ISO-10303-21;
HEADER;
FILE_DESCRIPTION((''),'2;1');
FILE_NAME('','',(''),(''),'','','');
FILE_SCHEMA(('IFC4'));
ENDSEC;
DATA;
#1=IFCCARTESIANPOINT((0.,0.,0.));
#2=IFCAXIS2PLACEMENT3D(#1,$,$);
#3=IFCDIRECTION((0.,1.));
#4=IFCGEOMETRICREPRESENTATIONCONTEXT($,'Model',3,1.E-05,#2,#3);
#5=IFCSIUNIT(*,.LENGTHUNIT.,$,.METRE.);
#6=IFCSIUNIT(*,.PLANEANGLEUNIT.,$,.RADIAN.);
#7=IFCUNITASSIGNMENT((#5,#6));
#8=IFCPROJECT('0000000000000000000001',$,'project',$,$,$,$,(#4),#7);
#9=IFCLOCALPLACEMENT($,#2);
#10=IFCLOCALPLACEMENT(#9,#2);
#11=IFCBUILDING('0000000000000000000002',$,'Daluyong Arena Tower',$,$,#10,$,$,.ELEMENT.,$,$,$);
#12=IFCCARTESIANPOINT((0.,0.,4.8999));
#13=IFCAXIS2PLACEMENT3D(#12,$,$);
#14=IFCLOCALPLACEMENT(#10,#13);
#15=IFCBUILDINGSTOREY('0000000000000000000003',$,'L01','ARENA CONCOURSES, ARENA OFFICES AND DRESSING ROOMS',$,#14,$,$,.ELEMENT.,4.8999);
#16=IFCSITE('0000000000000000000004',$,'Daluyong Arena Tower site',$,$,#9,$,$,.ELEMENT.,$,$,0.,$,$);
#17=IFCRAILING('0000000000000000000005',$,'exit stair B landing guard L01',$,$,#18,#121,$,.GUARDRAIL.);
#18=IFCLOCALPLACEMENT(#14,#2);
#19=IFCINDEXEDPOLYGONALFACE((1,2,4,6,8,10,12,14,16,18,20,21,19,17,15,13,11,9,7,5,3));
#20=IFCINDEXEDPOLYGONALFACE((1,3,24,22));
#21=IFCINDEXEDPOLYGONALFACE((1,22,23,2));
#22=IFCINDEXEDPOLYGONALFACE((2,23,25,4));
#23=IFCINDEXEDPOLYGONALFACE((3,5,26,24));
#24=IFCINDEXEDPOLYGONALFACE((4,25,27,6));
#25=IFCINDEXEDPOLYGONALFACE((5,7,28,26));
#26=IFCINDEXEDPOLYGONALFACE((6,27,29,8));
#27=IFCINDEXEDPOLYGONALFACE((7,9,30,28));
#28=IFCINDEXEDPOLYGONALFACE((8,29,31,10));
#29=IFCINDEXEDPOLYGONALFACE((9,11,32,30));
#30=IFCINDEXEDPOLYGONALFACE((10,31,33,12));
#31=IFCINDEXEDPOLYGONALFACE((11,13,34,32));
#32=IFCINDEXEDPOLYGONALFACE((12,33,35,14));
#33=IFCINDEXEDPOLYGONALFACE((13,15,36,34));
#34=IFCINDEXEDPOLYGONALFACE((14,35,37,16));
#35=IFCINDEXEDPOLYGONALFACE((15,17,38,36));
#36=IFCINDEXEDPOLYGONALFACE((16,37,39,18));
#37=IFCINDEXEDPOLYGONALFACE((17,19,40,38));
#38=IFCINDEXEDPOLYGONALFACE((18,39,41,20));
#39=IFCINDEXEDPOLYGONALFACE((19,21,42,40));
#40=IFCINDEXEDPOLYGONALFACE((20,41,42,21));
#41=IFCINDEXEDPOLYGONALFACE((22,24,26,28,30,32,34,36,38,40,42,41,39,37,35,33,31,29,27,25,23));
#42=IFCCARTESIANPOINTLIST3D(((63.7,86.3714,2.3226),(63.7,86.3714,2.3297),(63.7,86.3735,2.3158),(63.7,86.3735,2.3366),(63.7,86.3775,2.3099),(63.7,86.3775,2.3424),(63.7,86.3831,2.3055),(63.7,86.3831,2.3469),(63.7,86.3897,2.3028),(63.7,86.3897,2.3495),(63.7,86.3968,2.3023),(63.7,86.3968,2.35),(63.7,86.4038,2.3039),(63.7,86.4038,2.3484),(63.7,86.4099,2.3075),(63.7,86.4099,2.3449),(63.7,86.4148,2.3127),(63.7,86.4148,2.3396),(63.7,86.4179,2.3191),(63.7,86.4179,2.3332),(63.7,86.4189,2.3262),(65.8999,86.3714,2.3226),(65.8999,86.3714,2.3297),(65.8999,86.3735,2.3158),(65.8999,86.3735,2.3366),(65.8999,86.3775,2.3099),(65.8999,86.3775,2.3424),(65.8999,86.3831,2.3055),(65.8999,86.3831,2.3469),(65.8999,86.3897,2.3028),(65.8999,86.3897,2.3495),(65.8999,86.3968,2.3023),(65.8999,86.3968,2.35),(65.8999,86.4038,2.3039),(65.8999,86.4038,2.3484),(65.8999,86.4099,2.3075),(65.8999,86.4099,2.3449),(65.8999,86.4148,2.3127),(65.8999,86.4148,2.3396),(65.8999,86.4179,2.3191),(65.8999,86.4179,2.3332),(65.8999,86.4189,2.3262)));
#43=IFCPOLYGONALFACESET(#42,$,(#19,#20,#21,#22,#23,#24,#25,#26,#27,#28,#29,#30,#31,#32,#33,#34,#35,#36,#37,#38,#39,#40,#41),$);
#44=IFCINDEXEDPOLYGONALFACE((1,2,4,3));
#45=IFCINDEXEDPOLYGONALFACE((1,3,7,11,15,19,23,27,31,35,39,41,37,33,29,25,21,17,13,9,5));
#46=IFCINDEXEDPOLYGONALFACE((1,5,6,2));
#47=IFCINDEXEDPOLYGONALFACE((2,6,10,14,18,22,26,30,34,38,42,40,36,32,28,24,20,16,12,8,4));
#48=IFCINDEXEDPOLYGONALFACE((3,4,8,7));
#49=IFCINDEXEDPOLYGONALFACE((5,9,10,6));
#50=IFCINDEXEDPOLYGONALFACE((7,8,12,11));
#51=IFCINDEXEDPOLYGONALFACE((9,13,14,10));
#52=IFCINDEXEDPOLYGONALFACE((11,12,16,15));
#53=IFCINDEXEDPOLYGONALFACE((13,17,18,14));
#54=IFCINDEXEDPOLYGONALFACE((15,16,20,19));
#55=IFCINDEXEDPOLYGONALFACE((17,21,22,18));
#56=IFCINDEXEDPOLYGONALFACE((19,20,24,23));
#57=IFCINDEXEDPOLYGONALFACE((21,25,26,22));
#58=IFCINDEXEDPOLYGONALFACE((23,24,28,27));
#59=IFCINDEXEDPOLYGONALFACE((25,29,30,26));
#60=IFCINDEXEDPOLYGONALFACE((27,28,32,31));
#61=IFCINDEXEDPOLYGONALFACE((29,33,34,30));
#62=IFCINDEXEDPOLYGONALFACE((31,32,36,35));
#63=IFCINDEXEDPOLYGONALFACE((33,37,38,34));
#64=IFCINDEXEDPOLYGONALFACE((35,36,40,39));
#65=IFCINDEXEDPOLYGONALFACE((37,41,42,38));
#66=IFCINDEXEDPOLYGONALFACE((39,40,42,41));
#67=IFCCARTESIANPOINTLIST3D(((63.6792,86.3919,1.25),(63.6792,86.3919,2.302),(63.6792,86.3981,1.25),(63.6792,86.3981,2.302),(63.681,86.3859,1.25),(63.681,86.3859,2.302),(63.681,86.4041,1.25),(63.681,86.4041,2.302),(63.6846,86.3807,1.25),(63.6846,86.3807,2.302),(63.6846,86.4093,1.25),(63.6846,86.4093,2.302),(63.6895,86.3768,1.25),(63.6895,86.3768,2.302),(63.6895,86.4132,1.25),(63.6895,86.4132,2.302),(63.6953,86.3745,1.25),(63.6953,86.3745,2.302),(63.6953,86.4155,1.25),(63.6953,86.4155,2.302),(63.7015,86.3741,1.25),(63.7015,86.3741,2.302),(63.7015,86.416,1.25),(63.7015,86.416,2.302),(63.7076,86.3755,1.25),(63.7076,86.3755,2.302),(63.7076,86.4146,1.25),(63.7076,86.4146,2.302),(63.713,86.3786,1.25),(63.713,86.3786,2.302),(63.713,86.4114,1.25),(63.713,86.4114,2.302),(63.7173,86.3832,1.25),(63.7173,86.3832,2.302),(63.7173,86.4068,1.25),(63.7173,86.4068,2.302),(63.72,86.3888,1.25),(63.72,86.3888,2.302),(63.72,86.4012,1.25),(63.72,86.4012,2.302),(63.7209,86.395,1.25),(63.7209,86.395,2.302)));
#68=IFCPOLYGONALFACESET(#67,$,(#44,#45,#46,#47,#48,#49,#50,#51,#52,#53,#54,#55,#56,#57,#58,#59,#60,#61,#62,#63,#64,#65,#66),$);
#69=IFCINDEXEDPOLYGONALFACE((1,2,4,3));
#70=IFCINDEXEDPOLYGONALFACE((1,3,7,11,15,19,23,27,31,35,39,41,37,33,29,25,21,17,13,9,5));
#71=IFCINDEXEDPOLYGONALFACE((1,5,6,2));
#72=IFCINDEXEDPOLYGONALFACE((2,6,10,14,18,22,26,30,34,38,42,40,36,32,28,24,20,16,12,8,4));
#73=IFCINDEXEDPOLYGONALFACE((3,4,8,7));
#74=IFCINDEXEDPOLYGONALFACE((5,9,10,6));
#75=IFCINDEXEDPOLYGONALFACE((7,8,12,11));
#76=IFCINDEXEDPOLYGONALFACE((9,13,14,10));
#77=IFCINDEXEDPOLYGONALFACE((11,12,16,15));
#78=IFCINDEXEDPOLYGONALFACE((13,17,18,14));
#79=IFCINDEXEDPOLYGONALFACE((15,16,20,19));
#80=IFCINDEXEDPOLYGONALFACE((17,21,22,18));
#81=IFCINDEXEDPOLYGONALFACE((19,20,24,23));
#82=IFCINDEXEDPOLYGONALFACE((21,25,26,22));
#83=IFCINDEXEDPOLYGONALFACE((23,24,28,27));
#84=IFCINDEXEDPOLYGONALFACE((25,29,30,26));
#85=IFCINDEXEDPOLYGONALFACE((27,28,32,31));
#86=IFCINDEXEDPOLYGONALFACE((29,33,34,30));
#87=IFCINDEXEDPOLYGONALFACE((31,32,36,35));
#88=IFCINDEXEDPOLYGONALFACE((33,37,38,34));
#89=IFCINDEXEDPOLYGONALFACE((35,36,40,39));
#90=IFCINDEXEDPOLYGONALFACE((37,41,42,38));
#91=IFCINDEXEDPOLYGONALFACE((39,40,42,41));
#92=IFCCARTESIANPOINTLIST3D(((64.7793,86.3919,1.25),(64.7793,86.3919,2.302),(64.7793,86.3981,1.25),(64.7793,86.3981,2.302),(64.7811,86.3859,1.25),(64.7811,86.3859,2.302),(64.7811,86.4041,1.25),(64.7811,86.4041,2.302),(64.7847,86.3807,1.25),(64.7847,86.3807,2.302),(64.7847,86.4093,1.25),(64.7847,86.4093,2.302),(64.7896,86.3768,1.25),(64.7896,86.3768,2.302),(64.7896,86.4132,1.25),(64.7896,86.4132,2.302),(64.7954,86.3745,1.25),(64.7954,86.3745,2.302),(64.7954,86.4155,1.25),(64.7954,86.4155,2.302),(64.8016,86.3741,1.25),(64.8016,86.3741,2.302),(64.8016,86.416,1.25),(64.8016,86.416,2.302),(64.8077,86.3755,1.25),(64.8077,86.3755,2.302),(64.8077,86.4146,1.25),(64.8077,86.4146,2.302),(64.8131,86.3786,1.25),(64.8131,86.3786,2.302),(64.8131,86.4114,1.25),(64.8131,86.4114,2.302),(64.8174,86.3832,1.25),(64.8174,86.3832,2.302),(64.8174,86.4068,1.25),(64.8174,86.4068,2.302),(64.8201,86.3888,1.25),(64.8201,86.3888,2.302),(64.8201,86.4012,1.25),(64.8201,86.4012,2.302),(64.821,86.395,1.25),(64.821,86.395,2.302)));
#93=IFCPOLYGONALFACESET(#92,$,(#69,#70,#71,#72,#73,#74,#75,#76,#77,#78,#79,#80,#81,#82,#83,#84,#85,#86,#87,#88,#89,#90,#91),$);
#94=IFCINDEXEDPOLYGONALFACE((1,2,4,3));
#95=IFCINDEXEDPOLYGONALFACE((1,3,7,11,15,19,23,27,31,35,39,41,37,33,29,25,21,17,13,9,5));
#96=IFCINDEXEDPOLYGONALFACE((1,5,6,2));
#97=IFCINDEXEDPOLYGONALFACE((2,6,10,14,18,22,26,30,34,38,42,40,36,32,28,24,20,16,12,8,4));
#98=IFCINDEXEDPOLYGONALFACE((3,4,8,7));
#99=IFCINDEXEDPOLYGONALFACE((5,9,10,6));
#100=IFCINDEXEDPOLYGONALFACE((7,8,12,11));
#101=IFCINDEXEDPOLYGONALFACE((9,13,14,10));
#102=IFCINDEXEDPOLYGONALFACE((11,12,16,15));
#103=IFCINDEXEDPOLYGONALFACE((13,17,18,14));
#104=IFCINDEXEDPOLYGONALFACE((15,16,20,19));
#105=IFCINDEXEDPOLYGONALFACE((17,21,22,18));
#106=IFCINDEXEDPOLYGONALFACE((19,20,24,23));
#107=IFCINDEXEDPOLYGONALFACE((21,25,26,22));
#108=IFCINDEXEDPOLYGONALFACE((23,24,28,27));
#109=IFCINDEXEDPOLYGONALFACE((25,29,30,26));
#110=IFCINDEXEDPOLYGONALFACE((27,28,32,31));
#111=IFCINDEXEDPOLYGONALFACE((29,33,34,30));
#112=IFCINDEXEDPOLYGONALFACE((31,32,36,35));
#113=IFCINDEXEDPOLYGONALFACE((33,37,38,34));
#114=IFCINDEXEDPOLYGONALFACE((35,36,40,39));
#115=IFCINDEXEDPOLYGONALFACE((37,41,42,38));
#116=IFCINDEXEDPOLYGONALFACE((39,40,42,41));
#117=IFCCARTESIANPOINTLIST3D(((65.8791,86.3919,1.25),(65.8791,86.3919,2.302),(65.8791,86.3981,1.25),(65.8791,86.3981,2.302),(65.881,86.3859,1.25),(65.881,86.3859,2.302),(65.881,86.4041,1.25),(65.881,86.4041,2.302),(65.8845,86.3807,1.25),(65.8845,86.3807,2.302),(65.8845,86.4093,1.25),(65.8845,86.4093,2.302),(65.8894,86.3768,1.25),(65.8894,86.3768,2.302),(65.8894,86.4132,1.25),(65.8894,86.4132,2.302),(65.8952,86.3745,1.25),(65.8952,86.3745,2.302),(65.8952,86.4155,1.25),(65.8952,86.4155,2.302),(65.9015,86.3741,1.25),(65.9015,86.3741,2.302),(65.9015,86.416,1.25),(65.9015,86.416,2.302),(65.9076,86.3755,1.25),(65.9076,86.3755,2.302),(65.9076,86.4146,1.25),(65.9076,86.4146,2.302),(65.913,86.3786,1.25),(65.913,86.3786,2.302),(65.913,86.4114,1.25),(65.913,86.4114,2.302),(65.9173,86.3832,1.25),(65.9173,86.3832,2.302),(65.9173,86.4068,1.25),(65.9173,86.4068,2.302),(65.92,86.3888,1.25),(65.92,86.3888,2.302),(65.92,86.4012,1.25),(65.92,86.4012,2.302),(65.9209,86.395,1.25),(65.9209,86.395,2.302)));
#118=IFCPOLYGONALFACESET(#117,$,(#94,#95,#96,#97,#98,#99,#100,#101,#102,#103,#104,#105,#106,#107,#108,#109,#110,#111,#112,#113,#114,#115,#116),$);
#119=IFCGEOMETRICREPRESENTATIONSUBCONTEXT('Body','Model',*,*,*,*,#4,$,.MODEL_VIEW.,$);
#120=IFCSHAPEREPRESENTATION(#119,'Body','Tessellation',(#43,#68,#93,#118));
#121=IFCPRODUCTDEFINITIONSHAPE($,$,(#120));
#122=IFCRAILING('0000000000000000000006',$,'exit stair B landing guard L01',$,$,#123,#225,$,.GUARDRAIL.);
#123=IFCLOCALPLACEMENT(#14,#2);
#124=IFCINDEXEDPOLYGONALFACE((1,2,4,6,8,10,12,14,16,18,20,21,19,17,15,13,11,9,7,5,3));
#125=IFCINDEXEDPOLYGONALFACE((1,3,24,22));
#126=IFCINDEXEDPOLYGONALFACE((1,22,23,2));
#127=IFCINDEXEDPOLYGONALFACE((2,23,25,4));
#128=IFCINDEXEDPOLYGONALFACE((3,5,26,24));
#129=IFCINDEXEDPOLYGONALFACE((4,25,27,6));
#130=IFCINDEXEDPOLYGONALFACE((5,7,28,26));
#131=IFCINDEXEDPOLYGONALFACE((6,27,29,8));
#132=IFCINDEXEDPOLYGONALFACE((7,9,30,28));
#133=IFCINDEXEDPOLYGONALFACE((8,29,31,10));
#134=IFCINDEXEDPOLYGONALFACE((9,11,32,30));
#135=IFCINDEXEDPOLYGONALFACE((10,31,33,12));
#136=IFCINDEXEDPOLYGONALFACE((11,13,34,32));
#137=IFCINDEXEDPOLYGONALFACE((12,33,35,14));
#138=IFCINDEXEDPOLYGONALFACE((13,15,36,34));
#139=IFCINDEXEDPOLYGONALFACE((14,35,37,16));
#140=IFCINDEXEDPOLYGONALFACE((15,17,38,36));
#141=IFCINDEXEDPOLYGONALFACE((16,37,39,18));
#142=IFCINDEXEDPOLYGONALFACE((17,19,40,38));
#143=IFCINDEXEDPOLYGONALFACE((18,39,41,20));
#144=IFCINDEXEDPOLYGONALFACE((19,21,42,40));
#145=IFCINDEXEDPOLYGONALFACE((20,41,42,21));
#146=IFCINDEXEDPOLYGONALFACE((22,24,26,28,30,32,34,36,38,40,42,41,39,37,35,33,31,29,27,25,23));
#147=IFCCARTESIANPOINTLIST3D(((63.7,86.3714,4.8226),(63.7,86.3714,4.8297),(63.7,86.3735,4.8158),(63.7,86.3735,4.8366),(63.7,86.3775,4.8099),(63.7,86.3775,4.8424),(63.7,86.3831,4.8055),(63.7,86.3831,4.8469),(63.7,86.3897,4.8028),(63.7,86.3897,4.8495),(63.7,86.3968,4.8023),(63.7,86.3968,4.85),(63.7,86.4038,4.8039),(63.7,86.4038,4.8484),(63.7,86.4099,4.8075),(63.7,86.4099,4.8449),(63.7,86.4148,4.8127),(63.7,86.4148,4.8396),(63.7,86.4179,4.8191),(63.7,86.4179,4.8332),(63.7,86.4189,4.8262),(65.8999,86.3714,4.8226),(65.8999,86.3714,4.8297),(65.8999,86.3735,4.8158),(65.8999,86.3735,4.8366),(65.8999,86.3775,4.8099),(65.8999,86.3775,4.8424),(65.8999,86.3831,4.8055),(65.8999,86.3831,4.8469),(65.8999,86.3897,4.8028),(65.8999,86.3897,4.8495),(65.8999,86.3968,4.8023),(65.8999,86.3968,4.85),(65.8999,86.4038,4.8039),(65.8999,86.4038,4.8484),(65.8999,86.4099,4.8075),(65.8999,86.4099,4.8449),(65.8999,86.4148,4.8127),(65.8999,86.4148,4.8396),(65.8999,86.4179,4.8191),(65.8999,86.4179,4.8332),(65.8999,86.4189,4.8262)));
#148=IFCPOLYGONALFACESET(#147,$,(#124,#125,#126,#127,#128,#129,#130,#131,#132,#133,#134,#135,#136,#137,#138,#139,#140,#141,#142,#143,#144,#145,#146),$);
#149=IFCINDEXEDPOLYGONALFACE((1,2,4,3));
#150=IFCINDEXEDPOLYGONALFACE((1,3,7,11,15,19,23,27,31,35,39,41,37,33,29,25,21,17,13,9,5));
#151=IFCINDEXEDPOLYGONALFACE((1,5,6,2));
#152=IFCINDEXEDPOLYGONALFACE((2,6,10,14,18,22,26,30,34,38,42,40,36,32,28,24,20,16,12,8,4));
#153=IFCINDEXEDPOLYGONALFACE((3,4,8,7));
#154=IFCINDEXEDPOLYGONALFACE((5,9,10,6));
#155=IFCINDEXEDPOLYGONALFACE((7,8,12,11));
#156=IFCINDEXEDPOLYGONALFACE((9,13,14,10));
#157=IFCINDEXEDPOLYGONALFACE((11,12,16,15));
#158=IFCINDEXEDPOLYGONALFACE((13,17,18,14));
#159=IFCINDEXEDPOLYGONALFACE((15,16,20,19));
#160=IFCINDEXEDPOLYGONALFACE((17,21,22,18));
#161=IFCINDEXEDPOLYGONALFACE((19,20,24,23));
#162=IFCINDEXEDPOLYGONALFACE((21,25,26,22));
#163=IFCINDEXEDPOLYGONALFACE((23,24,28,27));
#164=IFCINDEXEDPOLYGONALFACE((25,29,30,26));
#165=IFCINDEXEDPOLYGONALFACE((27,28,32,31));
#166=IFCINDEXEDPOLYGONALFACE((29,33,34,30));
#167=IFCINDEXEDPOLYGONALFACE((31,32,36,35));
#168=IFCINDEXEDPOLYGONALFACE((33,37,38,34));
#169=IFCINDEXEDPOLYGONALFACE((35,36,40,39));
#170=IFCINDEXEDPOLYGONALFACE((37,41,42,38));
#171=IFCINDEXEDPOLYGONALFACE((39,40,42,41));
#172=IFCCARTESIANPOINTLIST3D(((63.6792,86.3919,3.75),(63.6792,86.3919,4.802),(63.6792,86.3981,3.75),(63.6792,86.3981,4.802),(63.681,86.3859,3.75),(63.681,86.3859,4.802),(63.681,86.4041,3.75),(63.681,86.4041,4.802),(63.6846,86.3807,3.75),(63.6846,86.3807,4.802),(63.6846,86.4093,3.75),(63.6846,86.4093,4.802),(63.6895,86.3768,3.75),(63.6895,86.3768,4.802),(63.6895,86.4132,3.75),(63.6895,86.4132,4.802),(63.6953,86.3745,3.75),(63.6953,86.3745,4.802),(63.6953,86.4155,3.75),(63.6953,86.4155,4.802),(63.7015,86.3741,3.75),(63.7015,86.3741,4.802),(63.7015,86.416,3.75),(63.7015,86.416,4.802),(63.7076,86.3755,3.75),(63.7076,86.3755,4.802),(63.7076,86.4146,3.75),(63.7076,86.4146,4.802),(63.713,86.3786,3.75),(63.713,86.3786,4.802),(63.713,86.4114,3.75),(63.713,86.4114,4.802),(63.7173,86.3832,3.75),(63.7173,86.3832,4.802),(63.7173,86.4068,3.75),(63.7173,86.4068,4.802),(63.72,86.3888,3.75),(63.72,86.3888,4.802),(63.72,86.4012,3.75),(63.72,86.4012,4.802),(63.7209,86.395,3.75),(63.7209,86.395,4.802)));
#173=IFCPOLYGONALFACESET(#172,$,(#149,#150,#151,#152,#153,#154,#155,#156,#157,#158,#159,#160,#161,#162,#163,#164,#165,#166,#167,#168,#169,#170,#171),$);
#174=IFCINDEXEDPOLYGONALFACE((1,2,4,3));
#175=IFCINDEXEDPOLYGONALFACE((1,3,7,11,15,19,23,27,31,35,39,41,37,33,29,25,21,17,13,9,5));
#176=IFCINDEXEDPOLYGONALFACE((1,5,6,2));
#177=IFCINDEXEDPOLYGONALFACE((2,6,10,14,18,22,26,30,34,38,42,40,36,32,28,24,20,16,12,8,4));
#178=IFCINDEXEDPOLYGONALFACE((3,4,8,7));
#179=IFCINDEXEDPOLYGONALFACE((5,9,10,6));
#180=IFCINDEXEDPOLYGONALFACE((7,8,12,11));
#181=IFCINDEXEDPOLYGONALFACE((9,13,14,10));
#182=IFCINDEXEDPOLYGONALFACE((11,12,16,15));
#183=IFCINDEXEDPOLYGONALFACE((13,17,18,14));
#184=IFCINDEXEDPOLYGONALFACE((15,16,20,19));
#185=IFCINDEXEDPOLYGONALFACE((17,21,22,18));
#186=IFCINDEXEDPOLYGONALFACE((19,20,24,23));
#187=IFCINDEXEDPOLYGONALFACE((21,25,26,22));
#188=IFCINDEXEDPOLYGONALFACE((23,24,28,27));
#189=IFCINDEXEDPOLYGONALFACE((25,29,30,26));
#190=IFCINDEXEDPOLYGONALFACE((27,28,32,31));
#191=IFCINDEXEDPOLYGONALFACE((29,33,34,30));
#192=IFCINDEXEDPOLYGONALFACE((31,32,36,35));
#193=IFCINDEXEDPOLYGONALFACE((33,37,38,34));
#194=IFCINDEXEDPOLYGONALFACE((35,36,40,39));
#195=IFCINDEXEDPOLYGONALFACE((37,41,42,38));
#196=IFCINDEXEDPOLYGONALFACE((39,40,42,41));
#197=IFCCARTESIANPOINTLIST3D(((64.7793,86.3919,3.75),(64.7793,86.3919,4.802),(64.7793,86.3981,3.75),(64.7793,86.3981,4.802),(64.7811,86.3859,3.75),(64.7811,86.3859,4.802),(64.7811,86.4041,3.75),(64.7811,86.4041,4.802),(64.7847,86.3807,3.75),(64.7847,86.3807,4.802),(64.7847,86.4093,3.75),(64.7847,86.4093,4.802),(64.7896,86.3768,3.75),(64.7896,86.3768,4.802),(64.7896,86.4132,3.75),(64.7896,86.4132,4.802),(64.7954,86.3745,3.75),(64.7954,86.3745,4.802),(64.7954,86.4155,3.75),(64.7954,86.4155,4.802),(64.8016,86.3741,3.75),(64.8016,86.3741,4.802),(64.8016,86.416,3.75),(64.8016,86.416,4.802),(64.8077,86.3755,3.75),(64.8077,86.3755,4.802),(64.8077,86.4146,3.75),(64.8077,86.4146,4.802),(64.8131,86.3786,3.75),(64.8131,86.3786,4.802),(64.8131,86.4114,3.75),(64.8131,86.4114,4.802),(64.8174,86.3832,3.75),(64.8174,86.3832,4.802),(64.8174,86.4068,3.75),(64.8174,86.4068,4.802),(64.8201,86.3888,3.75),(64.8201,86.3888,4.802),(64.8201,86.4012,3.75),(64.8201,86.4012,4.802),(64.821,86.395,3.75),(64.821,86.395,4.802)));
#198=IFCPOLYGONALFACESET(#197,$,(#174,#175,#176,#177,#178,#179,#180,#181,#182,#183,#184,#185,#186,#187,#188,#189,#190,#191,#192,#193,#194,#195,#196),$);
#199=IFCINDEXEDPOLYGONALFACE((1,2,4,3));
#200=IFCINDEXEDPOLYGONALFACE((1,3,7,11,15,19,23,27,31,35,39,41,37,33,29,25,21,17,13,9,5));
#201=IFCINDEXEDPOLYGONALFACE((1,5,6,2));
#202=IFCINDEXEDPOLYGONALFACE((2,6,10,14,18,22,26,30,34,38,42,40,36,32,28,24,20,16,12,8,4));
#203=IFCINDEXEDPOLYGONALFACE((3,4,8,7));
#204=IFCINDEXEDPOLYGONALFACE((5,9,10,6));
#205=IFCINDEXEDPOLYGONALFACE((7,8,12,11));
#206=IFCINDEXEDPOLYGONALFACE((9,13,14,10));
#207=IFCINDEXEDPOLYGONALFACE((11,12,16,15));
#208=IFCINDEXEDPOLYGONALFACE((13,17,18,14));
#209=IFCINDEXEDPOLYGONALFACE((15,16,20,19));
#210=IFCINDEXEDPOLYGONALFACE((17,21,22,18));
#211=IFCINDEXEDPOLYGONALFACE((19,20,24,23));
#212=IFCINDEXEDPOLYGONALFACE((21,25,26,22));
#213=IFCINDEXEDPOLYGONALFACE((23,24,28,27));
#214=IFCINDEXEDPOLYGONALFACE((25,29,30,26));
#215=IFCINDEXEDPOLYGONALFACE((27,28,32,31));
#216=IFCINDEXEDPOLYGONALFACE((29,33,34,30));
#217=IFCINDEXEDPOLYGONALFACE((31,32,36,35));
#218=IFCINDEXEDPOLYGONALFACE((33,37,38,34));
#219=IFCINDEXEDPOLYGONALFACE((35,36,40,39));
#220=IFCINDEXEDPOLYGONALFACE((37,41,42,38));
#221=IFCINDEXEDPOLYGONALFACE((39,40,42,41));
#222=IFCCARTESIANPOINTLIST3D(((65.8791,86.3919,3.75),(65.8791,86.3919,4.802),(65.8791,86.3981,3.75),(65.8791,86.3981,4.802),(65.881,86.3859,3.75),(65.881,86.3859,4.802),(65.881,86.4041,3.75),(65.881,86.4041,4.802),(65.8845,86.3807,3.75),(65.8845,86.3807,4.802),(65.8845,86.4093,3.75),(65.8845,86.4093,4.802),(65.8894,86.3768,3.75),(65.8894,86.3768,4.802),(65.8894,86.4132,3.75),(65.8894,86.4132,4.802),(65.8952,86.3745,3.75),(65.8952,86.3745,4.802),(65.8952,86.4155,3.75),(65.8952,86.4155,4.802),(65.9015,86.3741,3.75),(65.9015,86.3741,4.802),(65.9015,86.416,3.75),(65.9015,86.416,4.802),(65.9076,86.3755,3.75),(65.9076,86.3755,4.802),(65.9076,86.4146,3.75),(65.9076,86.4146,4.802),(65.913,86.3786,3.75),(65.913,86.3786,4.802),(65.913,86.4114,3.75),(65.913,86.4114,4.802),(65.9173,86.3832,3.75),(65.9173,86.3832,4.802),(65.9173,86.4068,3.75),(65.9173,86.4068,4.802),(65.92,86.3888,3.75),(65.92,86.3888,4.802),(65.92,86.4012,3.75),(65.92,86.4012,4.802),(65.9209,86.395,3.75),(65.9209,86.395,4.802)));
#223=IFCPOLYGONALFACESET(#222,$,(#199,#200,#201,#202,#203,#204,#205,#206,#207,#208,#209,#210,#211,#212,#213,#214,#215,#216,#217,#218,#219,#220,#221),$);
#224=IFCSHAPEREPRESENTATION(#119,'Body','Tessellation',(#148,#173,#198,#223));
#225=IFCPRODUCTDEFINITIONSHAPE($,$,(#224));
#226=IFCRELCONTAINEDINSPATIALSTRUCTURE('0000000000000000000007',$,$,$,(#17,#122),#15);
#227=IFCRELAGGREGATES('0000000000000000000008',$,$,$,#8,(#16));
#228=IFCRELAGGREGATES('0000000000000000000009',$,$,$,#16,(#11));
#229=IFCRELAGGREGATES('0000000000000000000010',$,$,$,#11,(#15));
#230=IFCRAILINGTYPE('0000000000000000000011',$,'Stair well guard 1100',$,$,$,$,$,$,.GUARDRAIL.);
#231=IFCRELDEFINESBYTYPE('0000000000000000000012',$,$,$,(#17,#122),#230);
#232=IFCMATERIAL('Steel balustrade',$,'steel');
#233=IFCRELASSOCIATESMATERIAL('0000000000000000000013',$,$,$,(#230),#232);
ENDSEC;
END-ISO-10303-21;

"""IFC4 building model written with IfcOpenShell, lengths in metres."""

from ifc_helpers import new_model, si_unit, direction, frame, origin, origin_2d, place, context, subcontext, project, spatial, circle, extrude, material, type_object, element, save


model = new_model("IFC4")

# Units and contexts
model_context = context("Model", 3, precision=1e-05, world=origin(), true_north=direction((0.0, 1.0)))
body_context = subcontext(model_context, "Body", "Model", "MODEL_VIEW")
ifc_project = project(units=[si_unit("LENGTHUNIT", "METRE"), si_unit("PLANEANGLEUNIT", "RADIAN")], contexts=[model_context])

# Site, building, storey
site_placement = place(None, origin())
site = spatial("IfcSite", under=ifc_project, at=site_placement, Name="Daluyong Arena Tower site", CompositionType="ELEMENT", RefElevation=0.0)
building_placement = place(site_placement, origin())
building = spatial("IfcBuilding", under=site, at=building_placement, Name="Daluyong Arena Tower", CompositionType="ELEMENT")
storey_placement = place(building_placement, frame((0.0, 0.0, 4.8999)))
storey = spatial("IfcBuildingStorey", under=building, at=storey_placement, Name="L01", Description="ARENA CONCOURSES, ARENA OFFICES AND DRESSING ROOMS", CompositionType="ELEMENT", Elevation=4.8999)

# Railings
ifc_material_1 = material(Name="Steel balustrade", Category="steel")
railing_type = type_object("IfcRailingType", Name="Stair well guard 1100", PredefinedType="GUARDRAIL", material=ifc_material_1)
for number, where, name in (
    (1, (63.7, 86.395, 1.25), "exit stair B landing guard L01"),
    (2, (63.7, 86.395, 3.75), "exit stair B landing guard L01"),
):
    element("IfcRailing", number, at=place(storey_placement, frame(where)), inside=storey, type_object=railing_type, Name=name, PredefinedType="GUARDRAIL", context=body_context, shape_type="SweptSolid", body=[
        extrude(circle(Radius=0.0239, at=origin_2d()), frame((0.0, 0.0, 1.0762), z_axis=(1.0, 0.0, 0.0), x_axis=(0.0, 1.0, 0.0)), (0.0, 0.0, 1.0), 2.2),
        extrude(circle(Radius=0.021, at=origin_2d()), origin(), (0.0, 0.0, 1.0), 1.052),
        extrude(circle(Radius=0.021, at=origin_2d()), frame((1.1001, 0.0, 0.0)), (0.0, 0.0, 1.0), 1.052),
        extrude(circle(Radius=0.021, at=origin_2d()), frame((2.2, 0.0, 0.0)), (0.0, 0.0, 1.0), 1.052),
    ])

save(model, "model.ifc")
